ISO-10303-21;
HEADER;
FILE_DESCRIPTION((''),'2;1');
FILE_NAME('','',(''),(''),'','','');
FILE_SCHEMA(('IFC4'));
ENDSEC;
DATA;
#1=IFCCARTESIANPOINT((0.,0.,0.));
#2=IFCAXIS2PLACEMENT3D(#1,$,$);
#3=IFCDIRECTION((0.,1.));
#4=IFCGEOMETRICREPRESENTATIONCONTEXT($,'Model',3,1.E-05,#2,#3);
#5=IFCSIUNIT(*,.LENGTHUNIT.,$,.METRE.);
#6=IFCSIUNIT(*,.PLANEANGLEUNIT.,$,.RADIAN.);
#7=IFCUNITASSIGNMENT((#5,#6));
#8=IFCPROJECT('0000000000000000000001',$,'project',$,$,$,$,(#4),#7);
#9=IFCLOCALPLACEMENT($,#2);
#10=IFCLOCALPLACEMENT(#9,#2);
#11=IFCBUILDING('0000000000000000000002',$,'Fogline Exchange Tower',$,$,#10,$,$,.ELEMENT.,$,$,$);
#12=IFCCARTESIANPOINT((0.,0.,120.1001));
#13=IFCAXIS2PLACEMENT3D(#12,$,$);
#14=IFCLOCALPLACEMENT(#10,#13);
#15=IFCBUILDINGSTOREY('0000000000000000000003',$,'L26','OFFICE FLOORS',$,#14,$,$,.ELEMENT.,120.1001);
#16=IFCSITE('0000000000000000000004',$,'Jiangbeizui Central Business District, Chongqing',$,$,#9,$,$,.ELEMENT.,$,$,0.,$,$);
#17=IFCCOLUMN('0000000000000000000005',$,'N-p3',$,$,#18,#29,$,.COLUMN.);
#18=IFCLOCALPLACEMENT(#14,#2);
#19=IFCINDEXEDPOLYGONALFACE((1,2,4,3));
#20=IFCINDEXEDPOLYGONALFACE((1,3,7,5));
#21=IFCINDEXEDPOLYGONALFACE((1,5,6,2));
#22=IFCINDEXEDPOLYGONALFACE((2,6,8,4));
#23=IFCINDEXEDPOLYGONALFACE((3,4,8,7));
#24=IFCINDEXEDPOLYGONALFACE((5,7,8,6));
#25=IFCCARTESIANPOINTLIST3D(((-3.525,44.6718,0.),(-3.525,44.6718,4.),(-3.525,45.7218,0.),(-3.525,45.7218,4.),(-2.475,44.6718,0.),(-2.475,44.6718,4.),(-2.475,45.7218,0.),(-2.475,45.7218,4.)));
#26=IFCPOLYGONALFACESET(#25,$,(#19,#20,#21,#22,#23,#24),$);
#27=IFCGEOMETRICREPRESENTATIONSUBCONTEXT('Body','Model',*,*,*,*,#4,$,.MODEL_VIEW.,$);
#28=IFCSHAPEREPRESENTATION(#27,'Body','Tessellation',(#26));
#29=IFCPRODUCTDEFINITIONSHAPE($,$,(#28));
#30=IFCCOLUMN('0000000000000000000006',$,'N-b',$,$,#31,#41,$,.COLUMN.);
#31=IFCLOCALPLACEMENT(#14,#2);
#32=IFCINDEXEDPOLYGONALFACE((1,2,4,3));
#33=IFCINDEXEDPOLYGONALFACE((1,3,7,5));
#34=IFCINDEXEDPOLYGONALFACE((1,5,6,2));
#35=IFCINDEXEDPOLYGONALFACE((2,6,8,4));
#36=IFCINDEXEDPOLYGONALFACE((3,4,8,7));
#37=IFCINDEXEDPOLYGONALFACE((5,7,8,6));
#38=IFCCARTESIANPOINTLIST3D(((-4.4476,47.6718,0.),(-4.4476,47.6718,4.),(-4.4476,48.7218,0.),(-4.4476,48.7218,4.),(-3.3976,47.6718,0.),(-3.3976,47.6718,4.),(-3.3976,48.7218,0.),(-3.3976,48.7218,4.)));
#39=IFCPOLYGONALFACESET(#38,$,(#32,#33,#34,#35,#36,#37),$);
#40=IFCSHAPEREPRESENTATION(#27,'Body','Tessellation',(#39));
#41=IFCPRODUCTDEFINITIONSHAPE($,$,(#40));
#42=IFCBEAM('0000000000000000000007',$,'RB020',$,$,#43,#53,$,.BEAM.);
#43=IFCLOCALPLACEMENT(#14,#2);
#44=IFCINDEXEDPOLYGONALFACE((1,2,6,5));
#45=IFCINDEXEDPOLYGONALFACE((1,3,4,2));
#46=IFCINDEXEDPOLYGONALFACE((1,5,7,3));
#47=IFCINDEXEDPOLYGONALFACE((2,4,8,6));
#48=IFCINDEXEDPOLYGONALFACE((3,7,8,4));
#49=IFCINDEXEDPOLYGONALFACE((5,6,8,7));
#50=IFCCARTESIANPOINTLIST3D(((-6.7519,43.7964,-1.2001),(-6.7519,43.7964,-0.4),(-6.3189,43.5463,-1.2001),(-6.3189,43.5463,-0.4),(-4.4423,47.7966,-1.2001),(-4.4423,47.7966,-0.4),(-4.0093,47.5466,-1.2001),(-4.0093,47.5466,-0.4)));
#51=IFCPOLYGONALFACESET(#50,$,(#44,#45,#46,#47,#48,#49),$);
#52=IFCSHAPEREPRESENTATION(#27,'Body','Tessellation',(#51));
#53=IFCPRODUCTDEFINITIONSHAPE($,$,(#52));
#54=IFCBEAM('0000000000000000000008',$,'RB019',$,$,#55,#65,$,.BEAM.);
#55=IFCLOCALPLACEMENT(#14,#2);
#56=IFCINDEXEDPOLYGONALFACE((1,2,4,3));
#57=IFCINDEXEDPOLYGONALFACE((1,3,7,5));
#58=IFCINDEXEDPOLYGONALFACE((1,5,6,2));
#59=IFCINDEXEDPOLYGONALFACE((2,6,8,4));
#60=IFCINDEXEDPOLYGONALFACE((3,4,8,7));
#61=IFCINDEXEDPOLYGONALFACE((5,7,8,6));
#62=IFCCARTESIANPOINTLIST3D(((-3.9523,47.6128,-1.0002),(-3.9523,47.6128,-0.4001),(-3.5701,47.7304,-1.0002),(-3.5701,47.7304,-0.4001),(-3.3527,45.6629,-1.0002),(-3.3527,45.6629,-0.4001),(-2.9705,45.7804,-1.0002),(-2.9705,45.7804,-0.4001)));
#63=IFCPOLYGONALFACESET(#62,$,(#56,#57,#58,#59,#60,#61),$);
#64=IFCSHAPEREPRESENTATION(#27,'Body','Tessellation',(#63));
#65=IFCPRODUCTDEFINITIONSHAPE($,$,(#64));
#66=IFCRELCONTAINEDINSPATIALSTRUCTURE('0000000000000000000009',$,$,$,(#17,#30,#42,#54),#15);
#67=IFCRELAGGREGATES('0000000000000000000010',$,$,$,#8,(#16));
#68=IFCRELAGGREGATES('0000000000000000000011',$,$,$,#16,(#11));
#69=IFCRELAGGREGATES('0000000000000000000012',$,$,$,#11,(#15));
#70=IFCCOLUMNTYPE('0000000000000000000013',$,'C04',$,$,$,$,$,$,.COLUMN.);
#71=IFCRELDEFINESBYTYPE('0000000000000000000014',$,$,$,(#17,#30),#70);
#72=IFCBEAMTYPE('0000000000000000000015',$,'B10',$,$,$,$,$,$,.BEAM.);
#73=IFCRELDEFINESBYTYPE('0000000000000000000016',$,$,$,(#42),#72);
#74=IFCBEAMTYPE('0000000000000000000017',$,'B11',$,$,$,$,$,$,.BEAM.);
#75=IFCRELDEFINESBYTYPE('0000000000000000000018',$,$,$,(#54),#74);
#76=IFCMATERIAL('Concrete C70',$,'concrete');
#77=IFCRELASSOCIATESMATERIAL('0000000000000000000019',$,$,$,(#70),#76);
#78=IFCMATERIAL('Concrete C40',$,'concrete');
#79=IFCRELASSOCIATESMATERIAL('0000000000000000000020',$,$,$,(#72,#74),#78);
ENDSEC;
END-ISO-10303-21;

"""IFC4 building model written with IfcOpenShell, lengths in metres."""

from ifc_helpers import new_model, si_unit, direction, frame, origin, origin_2d, place, context, subcontext, project, spatial, rectangle, extrude, material, material_profile, profile_set, type_object, element, save


model = new_model("IFC4")

# Units and contexts
model_context = context("Model", 3, precision=1e-05, world=origin(), true_north=direction((0.0, 1.0)))
body_context = subcontext(model_context, "Body", "Model", "MODEL_VIEW")
ifc_project = project(units=[si_unit("LENGTHUNIT", "METRE"), si_unit("PLANEANGLEUNIT", "RADIAN")], contexts=[model_context])

# Site, building, storey
site_placement = place(None, origin())
site = spatial("IfcSite", under=ifc_project, at=site_placement, Name="Jiangbeizui Central Business District, Chongqing", CompositionType="ELEMENT", RefElevation=0.0)
building_placement = place(site_placement, origin())
building = spatial("IfcBuilding", under=site, at=building_placement, Name="Fogline Exchange Tower", CompositionType="ELEMENT")
storey_placement = place(building_placement, frame((0.0, 0.0, 120.1001)))
storey = spatial("IfcBuildingStorey", under=building, at=storey_placement, Name="L26", Description="OFFICE FLOORS", CompositionType="ELEMENT", Elevation=120.1001)

# Columns
ifc_material_1 = material(Name="Concrete C70", Category="concrete")
ifc_material_profile_1 = material_profile(ifc_material_1, rectangle(XDim=1.05, YDim=1.05, at=origin_2d()), Name="RC 1050x1050")
ifc_profile_set_1 = profile_set([ifc_material_profile_1], Name="Concrete C70")
column_type = type_object("IfcColumnType", Name="C04", PredefinedType="COLUMN", material=ifc_profile_set_1)
for number, where, z_axis, x_axis, name in (
    (1, (-3.0, 45.1968, 0.0), (0.0, 0.0, 1.0), (1.0, 0.0, 0.0), "N-p3"),
    (2, (-3.9226, 48.1968, 0.0), (0.0, 0.0, 1.0), (1.0, 0.0, 0.0), "N-b"),
):
    element("IfcColumn", number, at=place(storey_placement, frame(where, z_axis=z_axis, x_axis=x_axis)), inside=storey, type_object=column_type, Name=name, PredefinedType="COLUMN", context=body_context, shape_type="SweptSolid", body=[
        extrude(rectangle(XDim=1.05, YDim=1.05, at=origin_2d()), origin(), (0.0, 0.0, 1.0), 4.0),
    ])

# Beams
ifc_material_2 = material(Name="Concrete C40", Category="concrete")
ifc_material_profile_2 = material_profile(ifc_material_2, rectangle(XDim=0.5, YDim=0.8, at=origin_2d()), Name="RC 500x800")
ifc_profile_set_2 = profile_set([ifc_material_profile_2], Name="Concrete C40")
beam_type_1 = type_object("IfcBeamType", Name="B10", PredefinedType="BEAM", material=ifc_profile_set_2)
beam_1_placement = place(storey_placement, frame((-4.2258, 47.6716, -0.8), z_axis=(-0.500005, -0.866023, 0.0), x_axis=(0.866023, -0.500005, 0.0)))
element("IfcBeam", 3, at=beam_1_placement, inside=storey, type_object=beam_type_1, Name="RB020", PredefinedType="BEAM", context=body_context, shape_type="SweptSolid", body=[
    extrude(rectangle(XDim=0.5, YDim=0.8, at=origin_2d()), origin(), (0.0, 0.0, 1.0), 4.6191),
])
ifc_material_profile_3 = material_profile(ifc_material_2, rectangle(XDim=0.3999, YDim=0.6001, at=origin_2d()), Name="RC 400x600")
ifc_profile_set_3 = profile_set([ifc_material_profile_3], Name="Concrete C40")
beam_type_2 = type_object("IfcBeamType", Name="B11", PredefinedType="BEAM", material=ifc_profile_set_3)
beam_2_placement = place(storey_placement, frame((-3.1616, 45.7217, -0.7002), z_axis=(-0.293918, 0.955831, 0.0), x_axis=(-0.955831, -0.293918, 0.0)))
element("IfcBeam", 4, at=beam_2_placement, inside=storey, type_object=beam_type_2, Name="RB019", PredefinedType="BEAM", context=body_context, shape_type="SweptSolid", body=[
    extrude(rectangle(XDim=0.3999, YDim=0.6001, at=origin_2d()), origin(), (0.0, 0.0, 1.0), 2.04),
])

save(model, "model.ifc")
